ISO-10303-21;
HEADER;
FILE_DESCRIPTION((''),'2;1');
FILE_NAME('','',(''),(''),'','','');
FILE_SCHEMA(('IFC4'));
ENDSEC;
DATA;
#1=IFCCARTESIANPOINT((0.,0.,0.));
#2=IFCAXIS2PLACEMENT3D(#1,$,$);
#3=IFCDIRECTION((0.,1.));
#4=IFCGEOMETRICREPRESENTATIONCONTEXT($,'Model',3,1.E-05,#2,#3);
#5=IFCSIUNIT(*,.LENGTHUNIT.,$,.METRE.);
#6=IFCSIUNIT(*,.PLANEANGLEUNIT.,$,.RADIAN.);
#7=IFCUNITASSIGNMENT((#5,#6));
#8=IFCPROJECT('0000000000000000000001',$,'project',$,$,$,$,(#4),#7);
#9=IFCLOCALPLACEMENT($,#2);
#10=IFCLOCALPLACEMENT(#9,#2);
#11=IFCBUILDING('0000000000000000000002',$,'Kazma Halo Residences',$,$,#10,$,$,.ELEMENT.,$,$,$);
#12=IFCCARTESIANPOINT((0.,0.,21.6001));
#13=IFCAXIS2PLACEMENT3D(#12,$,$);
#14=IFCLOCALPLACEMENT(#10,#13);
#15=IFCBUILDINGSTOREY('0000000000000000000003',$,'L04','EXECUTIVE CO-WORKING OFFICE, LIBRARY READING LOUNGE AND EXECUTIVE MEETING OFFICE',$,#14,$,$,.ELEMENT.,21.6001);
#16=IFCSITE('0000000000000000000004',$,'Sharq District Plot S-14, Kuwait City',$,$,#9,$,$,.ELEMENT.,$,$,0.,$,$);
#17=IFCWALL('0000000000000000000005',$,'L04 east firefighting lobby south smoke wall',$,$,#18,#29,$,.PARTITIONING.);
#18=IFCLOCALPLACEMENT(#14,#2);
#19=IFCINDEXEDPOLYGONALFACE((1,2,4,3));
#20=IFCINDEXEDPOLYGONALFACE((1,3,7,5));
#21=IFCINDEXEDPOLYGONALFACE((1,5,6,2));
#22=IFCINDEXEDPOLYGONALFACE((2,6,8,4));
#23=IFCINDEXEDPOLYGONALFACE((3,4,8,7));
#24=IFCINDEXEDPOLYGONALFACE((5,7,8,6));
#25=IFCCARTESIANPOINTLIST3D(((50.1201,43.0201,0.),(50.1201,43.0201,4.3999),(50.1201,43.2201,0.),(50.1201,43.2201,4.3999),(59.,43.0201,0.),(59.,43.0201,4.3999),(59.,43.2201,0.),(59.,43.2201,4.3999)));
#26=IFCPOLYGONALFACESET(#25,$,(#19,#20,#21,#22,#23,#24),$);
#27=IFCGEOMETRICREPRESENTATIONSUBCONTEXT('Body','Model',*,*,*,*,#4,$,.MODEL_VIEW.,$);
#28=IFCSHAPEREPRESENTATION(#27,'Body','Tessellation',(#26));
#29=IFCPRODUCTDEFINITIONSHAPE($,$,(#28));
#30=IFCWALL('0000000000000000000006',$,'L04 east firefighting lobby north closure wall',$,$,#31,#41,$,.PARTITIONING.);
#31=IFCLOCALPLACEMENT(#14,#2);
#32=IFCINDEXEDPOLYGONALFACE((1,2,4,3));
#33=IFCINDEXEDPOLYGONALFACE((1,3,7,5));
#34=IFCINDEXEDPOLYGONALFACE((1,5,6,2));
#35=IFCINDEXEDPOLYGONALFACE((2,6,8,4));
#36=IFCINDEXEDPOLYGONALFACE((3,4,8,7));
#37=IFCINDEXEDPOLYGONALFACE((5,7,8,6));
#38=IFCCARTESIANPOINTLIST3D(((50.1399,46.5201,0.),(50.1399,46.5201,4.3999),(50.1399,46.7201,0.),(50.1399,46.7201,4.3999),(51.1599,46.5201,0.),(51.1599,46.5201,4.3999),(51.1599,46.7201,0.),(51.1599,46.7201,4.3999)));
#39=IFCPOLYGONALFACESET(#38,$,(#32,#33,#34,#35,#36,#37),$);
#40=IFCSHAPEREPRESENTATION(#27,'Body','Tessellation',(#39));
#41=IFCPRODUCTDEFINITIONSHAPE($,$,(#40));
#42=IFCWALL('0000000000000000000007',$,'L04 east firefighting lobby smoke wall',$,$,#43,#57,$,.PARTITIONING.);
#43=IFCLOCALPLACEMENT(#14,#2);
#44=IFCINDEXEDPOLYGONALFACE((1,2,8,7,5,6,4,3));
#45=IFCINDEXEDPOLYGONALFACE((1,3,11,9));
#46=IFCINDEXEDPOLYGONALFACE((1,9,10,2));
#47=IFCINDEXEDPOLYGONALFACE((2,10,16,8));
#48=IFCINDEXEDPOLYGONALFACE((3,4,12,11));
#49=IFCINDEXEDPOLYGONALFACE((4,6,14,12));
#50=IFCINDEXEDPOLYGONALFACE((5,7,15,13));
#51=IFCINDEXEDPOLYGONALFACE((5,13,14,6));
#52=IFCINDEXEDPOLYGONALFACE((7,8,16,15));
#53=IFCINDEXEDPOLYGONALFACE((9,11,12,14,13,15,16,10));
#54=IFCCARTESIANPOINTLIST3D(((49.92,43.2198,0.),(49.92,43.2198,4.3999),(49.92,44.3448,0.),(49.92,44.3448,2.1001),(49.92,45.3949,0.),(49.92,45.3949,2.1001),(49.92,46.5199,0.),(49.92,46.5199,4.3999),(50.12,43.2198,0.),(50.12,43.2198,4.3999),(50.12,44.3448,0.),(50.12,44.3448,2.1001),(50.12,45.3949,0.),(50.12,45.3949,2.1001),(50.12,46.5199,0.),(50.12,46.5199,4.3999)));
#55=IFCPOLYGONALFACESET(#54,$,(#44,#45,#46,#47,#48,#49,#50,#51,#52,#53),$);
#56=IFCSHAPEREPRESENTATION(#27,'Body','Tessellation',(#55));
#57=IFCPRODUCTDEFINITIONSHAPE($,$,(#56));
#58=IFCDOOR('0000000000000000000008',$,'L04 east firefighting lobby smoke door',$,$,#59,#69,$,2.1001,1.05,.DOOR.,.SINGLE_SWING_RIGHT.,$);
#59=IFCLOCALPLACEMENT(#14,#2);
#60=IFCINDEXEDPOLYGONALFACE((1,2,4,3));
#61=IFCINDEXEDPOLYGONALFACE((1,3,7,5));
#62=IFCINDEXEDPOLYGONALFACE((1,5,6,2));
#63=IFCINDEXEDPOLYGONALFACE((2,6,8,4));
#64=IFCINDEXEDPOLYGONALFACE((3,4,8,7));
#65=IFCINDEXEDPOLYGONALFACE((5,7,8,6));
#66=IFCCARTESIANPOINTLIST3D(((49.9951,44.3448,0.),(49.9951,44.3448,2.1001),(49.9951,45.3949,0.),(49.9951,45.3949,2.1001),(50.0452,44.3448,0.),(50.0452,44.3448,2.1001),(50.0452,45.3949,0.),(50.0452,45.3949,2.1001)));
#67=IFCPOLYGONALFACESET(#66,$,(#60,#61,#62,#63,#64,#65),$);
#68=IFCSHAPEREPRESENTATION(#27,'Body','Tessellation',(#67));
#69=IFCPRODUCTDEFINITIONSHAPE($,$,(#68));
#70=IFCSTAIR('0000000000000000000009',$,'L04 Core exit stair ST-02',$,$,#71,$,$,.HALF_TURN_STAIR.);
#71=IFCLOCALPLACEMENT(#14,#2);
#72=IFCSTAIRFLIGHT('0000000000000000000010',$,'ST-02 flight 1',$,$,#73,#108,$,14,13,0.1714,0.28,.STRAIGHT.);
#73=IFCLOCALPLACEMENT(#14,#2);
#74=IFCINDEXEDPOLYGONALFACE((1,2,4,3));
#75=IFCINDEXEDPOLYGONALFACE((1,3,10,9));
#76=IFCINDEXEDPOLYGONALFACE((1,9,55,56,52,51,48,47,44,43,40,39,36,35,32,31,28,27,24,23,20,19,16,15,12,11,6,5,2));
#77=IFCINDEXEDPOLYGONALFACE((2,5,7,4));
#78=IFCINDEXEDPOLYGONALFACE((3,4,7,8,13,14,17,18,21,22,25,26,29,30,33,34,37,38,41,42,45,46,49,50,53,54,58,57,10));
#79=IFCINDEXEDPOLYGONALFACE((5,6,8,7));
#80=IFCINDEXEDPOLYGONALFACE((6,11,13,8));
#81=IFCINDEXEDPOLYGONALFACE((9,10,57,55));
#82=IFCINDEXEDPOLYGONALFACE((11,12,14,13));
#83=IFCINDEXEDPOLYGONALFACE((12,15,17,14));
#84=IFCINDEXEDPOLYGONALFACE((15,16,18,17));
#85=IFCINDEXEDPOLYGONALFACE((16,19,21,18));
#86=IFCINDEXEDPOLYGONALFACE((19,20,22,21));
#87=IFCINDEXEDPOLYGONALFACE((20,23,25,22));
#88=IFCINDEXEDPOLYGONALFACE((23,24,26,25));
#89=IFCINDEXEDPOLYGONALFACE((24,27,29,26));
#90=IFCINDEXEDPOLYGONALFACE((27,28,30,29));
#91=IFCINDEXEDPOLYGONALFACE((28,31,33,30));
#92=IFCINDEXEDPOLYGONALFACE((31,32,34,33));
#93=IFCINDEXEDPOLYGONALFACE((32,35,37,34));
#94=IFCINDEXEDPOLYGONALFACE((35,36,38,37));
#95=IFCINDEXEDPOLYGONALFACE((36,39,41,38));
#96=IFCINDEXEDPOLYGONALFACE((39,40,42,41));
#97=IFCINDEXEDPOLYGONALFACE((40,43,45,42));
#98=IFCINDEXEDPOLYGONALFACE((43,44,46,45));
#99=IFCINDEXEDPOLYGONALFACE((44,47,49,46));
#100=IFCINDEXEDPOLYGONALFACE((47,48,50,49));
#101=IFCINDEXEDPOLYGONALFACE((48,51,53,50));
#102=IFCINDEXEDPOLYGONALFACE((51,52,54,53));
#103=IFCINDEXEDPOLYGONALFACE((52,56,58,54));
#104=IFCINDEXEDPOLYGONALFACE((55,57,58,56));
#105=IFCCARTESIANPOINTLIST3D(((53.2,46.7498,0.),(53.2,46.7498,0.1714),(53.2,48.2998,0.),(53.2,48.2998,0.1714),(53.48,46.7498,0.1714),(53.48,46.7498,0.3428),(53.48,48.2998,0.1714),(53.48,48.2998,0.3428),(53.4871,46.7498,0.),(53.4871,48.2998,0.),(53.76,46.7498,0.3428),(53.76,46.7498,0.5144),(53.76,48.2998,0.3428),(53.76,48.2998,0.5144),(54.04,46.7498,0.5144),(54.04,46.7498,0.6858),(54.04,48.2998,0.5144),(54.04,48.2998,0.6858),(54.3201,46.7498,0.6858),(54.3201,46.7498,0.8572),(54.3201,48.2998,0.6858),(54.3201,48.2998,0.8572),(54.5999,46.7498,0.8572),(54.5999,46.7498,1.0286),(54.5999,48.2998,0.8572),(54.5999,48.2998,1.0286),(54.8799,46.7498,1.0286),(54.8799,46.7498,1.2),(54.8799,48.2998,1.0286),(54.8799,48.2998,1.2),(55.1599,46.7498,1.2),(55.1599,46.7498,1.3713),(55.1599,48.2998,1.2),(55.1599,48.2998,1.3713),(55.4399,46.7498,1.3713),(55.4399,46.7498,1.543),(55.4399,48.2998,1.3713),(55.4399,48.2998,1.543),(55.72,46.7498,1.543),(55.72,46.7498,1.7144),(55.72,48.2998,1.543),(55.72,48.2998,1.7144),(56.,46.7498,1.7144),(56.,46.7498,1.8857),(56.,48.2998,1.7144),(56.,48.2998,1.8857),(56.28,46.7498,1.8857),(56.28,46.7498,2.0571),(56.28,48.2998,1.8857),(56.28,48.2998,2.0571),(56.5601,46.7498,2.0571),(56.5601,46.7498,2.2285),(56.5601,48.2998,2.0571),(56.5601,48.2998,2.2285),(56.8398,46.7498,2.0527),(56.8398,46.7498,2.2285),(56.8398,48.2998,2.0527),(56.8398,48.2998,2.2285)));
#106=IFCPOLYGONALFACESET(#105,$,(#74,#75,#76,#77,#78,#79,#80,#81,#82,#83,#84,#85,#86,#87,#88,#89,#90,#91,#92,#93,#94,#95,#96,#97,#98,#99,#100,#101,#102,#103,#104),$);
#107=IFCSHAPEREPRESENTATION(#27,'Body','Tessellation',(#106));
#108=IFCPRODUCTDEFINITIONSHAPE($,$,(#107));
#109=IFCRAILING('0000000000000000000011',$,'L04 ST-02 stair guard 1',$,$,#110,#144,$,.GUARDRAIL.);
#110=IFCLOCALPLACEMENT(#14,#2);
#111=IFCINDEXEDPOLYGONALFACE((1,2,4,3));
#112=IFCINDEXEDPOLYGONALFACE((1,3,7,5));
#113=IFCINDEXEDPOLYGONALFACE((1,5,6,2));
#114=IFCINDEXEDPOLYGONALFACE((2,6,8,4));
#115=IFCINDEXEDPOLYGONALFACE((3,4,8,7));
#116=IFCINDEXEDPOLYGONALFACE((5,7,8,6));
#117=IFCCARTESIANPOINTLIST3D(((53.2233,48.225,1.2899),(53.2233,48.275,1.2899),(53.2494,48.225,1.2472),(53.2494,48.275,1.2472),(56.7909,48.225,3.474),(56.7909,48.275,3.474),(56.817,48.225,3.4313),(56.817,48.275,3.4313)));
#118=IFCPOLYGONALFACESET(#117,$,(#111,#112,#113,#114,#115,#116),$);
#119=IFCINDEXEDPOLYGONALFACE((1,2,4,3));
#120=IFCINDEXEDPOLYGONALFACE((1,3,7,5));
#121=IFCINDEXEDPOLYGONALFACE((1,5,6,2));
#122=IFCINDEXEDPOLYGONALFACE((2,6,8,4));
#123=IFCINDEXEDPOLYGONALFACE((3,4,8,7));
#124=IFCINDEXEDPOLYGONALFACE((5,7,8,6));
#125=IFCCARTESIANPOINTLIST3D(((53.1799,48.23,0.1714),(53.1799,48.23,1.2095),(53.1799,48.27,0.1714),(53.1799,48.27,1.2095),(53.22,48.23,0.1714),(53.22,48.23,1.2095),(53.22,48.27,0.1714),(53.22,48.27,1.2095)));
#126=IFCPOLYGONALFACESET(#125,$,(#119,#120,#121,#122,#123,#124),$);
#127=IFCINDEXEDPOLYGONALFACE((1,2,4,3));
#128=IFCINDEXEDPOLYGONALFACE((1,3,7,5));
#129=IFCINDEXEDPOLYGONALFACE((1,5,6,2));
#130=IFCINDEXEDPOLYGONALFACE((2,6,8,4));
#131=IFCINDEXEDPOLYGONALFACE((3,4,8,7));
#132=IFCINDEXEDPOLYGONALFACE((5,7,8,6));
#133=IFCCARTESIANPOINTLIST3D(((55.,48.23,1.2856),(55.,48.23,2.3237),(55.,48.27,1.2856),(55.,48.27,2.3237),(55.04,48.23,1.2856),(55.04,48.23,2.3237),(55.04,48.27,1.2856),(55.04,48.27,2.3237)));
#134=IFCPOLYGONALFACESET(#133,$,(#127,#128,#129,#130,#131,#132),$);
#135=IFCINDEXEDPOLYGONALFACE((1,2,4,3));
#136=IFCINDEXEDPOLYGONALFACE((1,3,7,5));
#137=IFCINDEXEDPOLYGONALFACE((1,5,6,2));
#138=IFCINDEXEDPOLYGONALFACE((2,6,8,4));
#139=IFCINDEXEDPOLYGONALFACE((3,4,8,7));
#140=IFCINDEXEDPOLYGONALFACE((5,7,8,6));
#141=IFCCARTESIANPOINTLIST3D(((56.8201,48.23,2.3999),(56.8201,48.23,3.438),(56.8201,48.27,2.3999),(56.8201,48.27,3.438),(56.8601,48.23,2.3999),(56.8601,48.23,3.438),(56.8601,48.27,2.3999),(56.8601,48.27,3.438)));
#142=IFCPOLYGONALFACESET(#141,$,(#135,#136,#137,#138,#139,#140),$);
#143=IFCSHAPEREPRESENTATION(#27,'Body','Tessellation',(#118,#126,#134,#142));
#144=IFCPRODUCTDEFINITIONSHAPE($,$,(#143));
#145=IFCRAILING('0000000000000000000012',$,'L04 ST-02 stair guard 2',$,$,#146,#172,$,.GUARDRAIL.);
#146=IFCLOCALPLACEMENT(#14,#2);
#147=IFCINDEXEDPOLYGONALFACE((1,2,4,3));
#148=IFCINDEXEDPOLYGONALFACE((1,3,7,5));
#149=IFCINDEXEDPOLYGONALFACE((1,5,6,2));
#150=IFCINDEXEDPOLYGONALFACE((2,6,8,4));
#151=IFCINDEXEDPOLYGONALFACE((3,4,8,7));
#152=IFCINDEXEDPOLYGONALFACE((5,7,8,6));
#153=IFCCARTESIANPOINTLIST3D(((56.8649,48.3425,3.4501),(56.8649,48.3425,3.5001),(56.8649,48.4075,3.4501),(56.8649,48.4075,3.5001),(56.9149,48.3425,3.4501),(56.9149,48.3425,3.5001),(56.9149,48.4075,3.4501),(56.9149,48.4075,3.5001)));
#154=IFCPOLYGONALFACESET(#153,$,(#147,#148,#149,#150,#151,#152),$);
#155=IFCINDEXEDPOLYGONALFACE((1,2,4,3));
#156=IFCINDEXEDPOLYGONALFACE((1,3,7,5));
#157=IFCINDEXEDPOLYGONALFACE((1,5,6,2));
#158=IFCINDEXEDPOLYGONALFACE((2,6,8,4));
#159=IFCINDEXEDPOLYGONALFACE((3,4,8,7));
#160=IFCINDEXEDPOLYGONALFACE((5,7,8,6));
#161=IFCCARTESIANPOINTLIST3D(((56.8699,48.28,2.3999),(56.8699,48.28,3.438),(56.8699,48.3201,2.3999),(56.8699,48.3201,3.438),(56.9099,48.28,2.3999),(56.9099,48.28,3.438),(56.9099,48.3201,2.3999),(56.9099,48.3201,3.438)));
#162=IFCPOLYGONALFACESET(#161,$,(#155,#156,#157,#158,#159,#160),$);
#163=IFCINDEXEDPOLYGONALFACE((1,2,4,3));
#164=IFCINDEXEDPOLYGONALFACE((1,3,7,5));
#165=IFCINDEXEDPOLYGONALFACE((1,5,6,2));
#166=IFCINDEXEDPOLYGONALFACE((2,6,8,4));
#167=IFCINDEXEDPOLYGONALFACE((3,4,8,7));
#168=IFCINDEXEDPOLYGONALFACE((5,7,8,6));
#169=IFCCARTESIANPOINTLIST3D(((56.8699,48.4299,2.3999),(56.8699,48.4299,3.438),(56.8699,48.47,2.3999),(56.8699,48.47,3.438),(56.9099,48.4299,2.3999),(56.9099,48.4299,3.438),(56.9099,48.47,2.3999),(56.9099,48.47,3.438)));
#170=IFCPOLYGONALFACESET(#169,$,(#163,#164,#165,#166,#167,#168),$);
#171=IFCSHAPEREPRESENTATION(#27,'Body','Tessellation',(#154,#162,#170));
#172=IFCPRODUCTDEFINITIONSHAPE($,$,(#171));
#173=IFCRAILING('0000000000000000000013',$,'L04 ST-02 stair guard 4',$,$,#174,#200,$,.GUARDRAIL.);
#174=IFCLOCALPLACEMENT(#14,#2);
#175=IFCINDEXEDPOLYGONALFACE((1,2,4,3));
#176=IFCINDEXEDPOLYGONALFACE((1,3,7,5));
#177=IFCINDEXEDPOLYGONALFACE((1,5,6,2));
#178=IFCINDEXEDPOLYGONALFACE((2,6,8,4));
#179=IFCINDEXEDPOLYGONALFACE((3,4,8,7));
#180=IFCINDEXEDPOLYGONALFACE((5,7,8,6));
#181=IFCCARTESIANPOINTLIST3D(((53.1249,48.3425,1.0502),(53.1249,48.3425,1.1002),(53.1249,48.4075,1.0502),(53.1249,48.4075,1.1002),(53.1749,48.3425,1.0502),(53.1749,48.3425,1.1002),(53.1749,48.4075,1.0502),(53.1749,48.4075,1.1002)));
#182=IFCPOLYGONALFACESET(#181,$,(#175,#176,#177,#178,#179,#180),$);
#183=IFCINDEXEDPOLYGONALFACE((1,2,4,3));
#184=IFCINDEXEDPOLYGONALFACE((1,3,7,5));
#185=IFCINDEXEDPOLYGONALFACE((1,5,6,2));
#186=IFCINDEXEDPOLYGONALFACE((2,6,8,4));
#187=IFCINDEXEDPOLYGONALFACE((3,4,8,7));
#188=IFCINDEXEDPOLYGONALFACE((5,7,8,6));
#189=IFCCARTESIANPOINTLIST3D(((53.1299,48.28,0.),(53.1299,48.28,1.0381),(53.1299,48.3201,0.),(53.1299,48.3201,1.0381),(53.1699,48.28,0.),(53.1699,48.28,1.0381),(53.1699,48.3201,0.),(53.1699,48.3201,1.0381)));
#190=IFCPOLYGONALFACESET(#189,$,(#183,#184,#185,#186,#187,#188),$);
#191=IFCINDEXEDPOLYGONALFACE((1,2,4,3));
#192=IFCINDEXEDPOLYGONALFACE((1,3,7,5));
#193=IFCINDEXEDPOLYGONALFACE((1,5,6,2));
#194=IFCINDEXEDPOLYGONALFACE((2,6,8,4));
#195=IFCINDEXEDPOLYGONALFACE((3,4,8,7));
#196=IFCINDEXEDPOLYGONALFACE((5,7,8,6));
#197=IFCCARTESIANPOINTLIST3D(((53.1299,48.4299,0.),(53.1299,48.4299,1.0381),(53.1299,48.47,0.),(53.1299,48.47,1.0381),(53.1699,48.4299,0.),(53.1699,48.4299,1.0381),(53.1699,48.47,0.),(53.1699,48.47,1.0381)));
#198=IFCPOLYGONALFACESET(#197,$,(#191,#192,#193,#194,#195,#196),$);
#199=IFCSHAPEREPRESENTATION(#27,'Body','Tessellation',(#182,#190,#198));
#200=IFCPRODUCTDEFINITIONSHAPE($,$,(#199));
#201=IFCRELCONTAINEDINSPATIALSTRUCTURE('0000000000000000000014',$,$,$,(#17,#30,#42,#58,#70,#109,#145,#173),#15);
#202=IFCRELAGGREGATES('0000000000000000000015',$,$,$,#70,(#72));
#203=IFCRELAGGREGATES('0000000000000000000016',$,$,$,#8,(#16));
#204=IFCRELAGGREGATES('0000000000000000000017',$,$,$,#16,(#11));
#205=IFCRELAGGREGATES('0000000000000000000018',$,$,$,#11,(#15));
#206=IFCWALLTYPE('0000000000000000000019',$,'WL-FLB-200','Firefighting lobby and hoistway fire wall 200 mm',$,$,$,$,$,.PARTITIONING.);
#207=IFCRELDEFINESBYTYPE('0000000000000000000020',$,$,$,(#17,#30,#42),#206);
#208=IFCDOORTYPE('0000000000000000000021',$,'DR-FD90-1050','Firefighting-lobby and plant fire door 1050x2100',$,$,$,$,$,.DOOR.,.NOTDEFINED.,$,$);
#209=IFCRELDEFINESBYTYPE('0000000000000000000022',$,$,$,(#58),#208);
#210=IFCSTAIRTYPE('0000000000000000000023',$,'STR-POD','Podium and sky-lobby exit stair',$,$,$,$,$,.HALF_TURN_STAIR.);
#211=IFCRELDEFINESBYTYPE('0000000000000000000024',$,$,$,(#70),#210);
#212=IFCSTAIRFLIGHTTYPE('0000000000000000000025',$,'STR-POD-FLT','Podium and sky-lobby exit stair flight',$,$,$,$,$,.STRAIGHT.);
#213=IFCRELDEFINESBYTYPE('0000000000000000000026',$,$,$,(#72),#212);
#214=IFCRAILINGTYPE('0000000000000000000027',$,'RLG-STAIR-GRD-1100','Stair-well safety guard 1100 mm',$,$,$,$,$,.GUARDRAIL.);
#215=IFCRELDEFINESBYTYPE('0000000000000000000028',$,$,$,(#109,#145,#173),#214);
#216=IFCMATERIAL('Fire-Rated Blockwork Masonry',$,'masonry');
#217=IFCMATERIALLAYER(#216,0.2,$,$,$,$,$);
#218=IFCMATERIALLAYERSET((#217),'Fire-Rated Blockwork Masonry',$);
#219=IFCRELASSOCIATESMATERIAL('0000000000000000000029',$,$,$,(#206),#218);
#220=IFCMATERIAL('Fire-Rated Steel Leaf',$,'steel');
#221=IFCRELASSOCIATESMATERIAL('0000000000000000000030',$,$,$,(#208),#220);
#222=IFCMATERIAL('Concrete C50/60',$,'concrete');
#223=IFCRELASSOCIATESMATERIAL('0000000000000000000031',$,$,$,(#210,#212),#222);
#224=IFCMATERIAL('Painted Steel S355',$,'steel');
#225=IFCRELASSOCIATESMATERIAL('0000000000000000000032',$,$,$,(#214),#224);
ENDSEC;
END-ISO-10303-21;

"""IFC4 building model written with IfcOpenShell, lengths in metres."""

from ifc_helpers import new_model, si_unit, direction, frame, frame_2d, origin, origin_2d, place, context, subcontext, project, spatial, polyline, rectangle, outline, extrude, material, layer, layer_set, type_object, element, fill, aggregate, save


model = new_model("IFC4")

# Units and contexts
model_context = context("Model", 3, precision=1e-05, world=origin(), true_north=direction((0.0, 1.0)))
body_context = subcontext(model_context, "Body", "Model", "MODEL_VIEW")
ifc_project = project(units=[si_unit("LENGTHUNIT", "METRE"), si_unit("PLANEANGLEUNIT", "RADIAN")], contexts=[model_context])

# Site, building, storey
site_placement = place(None, origin())
site = spatial("IfcSite", under=ifc_project, at=site_placement, Name="Sharq District Plot S-14, Kuwait City", CompositionType="ELEMENT", RefElevation=0.0)
building_placement = place(site_placement, origin())
building = spatial("IfcBuilding", under=site, at=building_placement, Name="Kazma Halo Residences", CompositionType="ELEMENT")
storey_placement = place(building_placement, frame((0.0, 0.0, 21.6001)))
storey = spatial("IfcBuildingStorey", under=building, at=storey_placement, Name="L04", Description="EXECUTIVE CO-WORKING OFFICE, LIBRARY READING LOUNGE AND EXECUTIVE MEETING OFFICE", CompositionType="ELEMENT", Elevation=21.6001)

# Shared definitions
ifc_material_1 = material(Name="Fire-Rated Blockwork Masonry", Category="masonry")
ifc_layer_1 = layer(ifc_material_1, 0.2)
ifc_layer_set_1 = layer_set([ifc_layer_1], Name="Fire-Rated Blockwork Masonry")
wall_type_1 = type_object("IfcWallType", Name="WL-FLB-200", Description="Firefighting lobby and hoistway fire wall 200 mm", PredefinedType="PARTITIONING", material=ifc_layer_set_1)

# Walls
wall_1_placement = place(storey_placement, frame((50.1201, 43.1201, 0.0), z_axis=(0.0, 0.0, 1.0), x_axis=(1.0, 0.0, 0.0)))
element("IfcWall", 1, at=wall_1_placement, inside=storey, type_object=wall_type_1, Name="L04 east firefighting lobby south smoke wall", PredefinedType="PARTITIONING", context=body_context, shape_type="SweptSolid", body=[
    extrude(rectangle(XDim=8.8799, YDim=0.2, at=frame_2d((4.4399, 0.0))), origin(), (0.0, 0.0, 1.0), 4.3999),
])
wall_2_placement = place(storey_placement, frame((50.1399, 46.6201, 0.0), z_axis=(0.0, 0.0, 1.0), x_axis=(1.0, 0.0, 0.0)))
element("IfcWall", 2, at=wall_2_placement, inside=storey, type_object=wall_type_1, Name="L04 east firefighting lobby north closure wall", PredefinedType="PARTITIONING", context=body_context, shape_type="SweptSolid", body=[
    extrude(rectangle(XDim=1.02, YDim=0.2, at=frame_2d((0.51, 0.0))), origin(), (0.0, 0.0, 1.0), 4.3999),
])

# Wall, opening, door
wall_3_placement = place(storey_placement, frame((50.02, 43.22, 0.0), z_axis=(0.0, 0.0, 1.0), x_axis=(0.0, 1.0, 0.0)))
wall_3 = element("IfcWall", 3, at=wall_3_placement, inside=storey, type_object=wall_type_1, Name="L04 east firefighting lobby smoke wall", PredefinedType="PARTITIONING", context=body_context, shape_type="SweptSolid", body=[
    extrude(rectangle(XDim=3.3, YDim=0.2, at=frame_2d((1.6499, 0.0))), origin(), (0.0, 0.0, 1.0), 4.3999),
])
opening_1_placement = place(wall_3_placement, frame((1.125, 0.0, 0.0)))
opening_1 = element("IfcOpeningElement", 4, at=opening_1_placement, cuts=wall_3, PredefinedType="OPENING", context=body_context, shape_type="SweptSolid", body=[
    extrude(rectangle(XDim=1.05, YDim=2.1001, at=frame_2d((0.5249, 1.05))), frame((0.0, 0.1099, 0.0), z_axis=(0.0, -1.0, 0.0), x_axis=(1.0, 0.0, 0.0)), (0.0, 0.0, 1.0), 0.22),
])
ifc_material_2 = material(Name="Fire-Rated Steel Leaf", Category="steel")
door_type_1 = type_object("IfcDoorType", Name="DR-FD90-1050", Description="Firefighting-lobby and plant fire door 1050x2100", OperationType="NOTDEFINED", PredefinedType="DOOR", material=ifc_material_2)
door_1_placement = place(opening_1_placement, origin())
door_1 = element("IfcDoor", 5, at=door_1_placement, inside=storey, type_object=door_type_1, Name="L04 east firefighting lobby smoke door", OperationType="SINGLE_SWING_RIGHT", OverallHeight=2.1001, OverallWidth=1.05, PredefinedType="DOOR", context=body_context, shape_type="SweptSolid", body=[
    extrude(rectangle(XDim=1.05, YDim=2.1001, at=frame_2d((0.5249, 1.05))), frame((0.0, 0.0249, 0.0), z_axis=(0.0, -1.0, 0.0), x_axis=(1.0, 0.0, 0.0)), (0.0, 0.0, 1.0), 0.05),
])
fill(opening_1, door_1)
ifc_material_3 = material(Name="Concrete C50/60", Category="concrete")

# Stair, stair flight
stair_type = type_object("IfcStairType", Name="STR-POD", Description="Podium and sky-lobby exit stair", PredefinedType="HALF_TURN_STAIR", material=ifc_material_3)
stair_placement = place(storey_placement, origin())
stair = element("IfcStair", 6, at=stair_placement, inside=storey, type_object=stair_type, Name="L04 Core exit stair ST-02", PredefinedType="HALF_TURN_STAIR")
stair_flight_type = type_object("IfcStairFlightType", Name="STR-POD-FLT", Description="Podium and sky-lobby exit stair flight", PredefinedType="STRAIGHT", material=ifc_material_3)
stair_flight_placement = place(storey_placement, frame((53.2, 47.5249, 0.0), z_axis=(0.0, 0.0, 1.0), x_axis=(1.0, 0.0, 0.0)))
stair_flight = element("IfcStairFlight", 7, at=stair_flight_placement, type_object=stair_flight_type, Name="ST-02 flight 1", NumberOfRisers=14, NumberOfTreads=13, PredefinedType="STRAIGHT", RiserHeight=0.1714, TreadLength=0.28, context=body_context, shape_type="SweptSolid", body=[
    extrude(outline(polyline([(0.0, 0.0), (0.0, 0.1714), (0.28, 0.1714), (0.28, 0.3428), (0.5601, 0.3428), (0.5601, 0.5144), (0.8401, 0.5144), (0.8401, 0.6858), (1.1201, 0.6858), (1.1201, 0.8572), (1.3999, 0.8572), (1.3999, 1.0286), (1.6799, 1.0286), (1.6799, 1.2), (1.96, 1.2), (1.96, 1.3713), (2.24, 1.3713), (2.24, 1.543), (2.52, 1.543), (2.52, 1.7144), (2.8, 1.7144), (2.8, 1.8857), (3.0801, 1.8857), (3.0801, 2.0571), (3.3601, 2.0571), (3.3601, 2.2285), (3.6399, 2.2285), (3.6399, 2.3999), (3.6399, 2.0527), (0.2871, 0.0), (0.0, 0.0)])), frame((0.0, 0.7749, 0.0), z_axis=(0.0, -1.0, 0.0), x_axis=(1.0, 0.0, 0.0)), (0.0, 0.0, 1.0), 1.55),
])
aggregate(stair, [stair_flight])

# Railings
ifc_material_4 = material(Name="Painted Steel S355", Category="steel")
railing_type_1 = type_object("IfcRailingType", Name="RLG-STAIR-GRD-1100", Description="Stair-well safety guard 1100 mm", PredefinedType="GUARDRAIL", material=ifc_material_4)
railing_1_placement = place(storey_placement, frame((53.2, 48.25, 0.1714)))
element("IfcRailing", 8, at=railing_1_placement, inside=storey, type_object=railing_type_1, Name="L04 ST-02 stair guard 1", PredefinedType="GUARDRAIL", context=body_context, shape_type="SweptSolid", body=[
    extrude(rectangle(XDim=0.05, YDim=0.05, at=origin_2d()), frame((0.0364, 0.0, 1.0972), z_axis=(0.852866, 0.0, 0.52213), x_axis=(0.0, 1.0, 0.0)), (0.0, 0.0, 1.0), 4.1831),
    extrude(rectangle(XDim=0.04, YDim=0.04, at=origin_2d()), origin(), (0.0, 0.0, 1.0), 1.0381),
    extrude(rectangle(XDim=0.04, YDim=0.04, at=origin_2d()), frame((1.8201, 0.0, 1.1143)), (0.0, 0.0, 1.0), 1.0381),
    extrude(rectangle(XDim=0.04, YDim=0.04, at=origin_2d()), frame((3.6401, 0.0, 2.2285)), (0.0, 0.0, 1.0), 1.0381),
])
for number, where, name in (
    (9, (56.8899, 48.3, 2.3999), "L04 ST-02 stair guard 2"),
    (10, (53.1499, 48.3, 0.0), "L04 ST-02 stair guard 4"),
):
    element("IfcRailing", number, at=place(storey_placement, frame(where)), inside=storey, type_object=railing_type_1, Name=name, PredefinedType="GUARDRAIL", context=body_context, shape_type="SweptSolid", body=[
        extrude(rectangle(XDim=0.05, YDim=0.05, at=origin_2d()), frame((0.0, 0.0425, 1.0752), z_axis=(0.0, 1.0, 0.0), x_axis=(-1.0, 0.0, 0.0)), (0.0, 0.0, 1.0), 0.0649),
        extrude(rectangle(XDim=0.04, YDim=0.04, at=origin_2d()), origin(), (0.0, 0.0, 1.0), 1.0381),
        extrude(rectangle(XDim=0.04, YDim=0.04, at=origin_2d()), frame((0.0, 0.1499, 0.0)), (0.0, 0.0, 1.0), 1.0381),
    ])

save(model, "model.ifc")
